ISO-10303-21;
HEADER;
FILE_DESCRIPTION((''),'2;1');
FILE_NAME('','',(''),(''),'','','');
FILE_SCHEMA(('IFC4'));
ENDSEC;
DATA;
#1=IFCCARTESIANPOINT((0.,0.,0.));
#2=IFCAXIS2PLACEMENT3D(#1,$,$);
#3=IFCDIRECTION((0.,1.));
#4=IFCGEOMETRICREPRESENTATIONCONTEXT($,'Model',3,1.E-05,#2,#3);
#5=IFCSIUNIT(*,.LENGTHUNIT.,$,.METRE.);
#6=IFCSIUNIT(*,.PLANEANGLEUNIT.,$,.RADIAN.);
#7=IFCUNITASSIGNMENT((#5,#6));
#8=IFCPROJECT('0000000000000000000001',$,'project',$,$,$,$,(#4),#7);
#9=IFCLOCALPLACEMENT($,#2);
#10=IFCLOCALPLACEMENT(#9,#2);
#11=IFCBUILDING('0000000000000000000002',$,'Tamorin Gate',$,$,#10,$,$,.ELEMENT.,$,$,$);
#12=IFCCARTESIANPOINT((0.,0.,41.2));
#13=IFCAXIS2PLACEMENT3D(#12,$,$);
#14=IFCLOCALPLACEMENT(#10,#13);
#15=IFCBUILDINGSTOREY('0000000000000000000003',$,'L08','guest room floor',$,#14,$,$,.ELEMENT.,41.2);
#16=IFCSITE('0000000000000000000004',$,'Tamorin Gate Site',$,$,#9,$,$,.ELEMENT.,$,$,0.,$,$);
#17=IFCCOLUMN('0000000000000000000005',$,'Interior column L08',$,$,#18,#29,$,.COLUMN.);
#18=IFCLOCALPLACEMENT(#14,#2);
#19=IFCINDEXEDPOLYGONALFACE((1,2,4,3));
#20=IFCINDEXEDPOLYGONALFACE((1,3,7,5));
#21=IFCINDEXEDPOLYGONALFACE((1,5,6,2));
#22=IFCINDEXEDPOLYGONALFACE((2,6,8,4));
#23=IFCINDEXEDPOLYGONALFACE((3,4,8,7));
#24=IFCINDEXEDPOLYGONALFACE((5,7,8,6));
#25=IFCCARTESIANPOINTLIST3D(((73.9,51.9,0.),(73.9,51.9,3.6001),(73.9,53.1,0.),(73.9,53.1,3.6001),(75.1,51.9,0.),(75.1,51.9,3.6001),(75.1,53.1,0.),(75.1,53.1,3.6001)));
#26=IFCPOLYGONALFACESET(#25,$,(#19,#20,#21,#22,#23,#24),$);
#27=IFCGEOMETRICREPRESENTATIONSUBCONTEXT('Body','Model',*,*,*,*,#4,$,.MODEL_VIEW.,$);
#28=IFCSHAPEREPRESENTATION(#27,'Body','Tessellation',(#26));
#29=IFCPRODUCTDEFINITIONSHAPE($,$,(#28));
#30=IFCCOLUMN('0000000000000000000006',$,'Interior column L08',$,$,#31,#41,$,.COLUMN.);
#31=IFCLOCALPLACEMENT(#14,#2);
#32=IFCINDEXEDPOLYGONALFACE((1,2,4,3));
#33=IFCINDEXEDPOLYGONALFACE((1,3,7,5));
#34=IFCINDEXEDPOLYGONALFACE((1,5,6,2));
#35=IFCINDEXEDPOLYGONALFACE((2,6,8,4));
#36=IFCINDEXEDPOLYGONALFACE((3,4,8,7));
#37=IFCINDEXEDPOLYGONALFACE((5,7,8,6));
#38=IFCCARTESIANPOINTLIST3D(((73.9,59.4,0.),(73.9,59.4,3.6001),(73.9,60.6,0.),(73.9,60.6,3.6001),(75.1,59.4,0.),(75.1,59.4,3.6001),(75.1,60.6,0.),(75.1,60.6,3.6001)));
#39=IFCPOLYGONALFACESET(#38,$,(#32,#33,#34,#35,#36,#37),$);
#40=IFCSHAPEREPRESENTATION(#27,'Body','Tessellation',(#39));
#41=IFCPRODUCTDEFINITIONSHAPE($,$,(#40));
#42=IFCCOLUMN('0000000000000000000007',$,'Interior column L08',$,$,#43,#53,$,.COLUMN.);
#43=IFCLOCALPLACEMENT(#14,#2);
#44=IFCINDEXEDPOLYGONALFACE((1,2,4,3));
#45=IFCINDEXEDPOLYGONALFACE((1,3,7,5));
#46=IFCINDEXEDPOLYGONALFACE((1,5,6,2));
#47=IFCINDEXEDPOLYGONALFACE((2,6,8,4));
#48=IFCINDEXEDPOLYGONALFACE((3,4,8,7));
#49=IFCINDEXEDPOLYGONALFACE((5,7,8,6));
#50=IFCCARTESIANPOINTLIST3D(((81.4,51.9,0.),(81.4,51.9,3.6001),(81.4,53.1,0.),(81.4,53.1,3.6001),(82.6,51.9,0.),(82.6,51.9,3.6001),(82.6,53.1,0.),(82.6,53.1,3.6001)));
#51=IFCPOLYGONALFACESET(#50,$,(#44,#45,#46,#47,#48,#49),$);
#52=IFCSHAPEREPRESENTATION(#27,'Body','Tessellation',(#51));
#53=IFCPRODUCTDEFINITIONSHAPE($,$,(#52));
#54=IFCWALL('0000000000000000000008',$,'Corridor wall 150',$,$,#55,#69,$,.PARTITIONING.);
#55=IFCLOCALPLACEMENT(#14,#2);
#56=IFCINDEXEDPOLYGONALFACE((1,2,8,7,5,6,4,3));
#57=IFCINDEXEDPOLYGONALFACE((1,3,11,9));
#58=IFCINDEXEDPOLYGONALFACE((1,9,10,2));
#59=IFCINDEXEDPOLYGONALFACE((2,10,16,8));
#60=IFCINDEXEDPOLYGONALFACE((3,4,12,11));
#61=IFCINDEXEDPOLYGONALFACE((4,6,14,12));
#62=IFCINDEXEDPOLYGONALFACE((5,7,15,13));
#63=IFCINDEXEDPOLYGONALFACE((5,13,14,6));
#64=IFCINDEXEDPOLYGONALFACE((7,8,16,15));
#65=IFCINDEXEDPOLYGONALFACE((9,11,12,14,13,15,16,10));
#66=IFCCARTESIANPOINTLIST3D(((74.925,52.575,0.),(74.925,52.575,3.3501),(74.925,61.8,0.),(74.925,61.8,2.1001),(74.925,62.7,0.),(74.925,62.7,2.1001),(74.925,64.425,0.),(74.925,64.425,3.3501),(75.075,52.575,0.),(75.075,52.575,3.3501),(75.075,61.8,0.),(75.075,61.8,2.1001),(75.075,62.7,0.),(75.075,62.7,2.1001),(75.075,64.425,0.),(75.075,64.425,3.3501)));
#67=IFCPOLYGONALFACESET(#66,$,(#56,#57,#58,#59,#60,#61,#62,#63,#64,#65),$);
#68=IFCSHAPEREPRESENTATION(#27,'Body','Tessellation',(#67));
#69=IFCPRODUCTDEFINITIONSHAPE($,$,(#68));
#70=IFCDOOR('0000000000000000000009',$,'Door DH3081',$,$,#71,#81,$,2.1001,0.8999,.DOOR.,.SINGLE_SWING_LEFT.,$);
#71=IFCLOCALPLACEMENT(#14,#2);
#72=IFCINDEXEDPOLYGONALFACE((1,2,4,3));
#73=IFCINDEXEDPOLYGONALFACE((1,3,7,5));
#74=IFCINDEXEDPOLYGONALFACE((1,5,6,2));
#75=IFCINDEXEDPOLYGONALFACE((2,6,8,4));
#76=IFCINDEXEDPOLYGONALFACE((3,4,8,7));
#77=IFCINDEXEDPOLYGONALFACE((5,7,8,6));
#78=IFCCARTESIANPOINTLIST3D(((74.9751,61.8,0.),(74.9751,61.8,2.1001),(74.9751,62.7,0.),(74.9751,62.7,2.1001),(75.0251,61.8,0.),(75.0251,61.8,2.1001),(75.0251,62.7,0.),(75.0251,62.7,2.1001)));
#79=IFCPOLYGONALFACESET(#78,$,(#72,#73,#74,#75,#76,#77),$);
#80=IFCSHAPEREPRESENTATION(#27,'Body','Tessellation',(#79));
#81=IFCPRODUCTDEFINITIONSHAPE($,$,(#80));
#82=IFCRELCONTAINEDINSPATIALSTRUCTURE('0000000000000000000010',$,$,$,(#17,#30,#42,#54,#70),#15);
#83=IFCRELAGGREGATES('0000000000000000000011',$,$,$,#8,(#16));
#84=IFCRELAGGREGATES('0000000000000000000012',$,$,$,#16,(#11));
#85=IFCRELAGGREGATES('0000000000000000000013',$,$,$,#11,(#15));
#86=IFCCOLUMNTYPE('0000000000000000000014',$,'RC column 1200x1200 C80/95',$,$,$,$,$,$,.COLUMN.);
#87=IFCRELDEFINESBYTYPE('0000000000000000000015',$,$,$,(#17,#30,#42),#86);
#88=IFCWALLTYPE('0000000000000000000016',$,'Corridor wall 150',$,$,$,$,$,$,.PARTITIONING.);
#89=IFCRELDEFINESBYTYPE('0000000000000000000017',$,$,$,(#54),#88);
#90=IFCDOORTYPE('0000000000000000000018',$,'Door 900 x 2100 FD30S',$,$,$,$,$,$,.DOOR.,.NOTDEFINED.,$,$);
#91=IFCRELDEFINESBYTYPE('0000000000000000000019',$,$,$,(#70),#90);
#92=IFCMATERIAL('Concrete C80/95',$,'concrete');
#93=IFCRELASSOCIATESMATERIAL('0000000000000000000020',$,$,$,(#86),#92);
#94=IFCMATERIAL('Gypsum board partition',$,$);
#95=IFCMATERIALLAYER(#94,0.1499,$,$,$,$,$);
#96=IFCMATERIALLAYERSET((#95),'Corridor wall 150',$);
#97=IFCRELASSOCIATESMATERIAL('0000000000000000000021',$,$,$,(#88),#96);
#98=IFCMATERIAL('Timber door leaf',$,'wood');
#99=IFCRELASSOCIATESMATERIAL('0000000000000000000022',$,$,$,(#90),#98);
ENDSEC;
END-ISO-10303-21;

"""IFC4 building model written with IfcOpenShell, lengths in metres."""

from ifc_helpers import new_model, si_unit, direction, frame, frame_2d, origin, origin_2d, place, context, subcontext, project, spatial, rectangle, extrude, material, layer, layer_set, material_profile, profile_set, type_object, element, fill, save


model = new_model("IFC4")

# Units and contexts
model_context = context("Model", 3, precision=1e-05, world=origin(), true_north=direction((0.0, 1.0)))
body_context = subcontext(model_context, "Body", "Model", "MODEL_VIEW")
ifc_project = project(units=[si_unit("LENGTHUNIT", "METRE"), si_unit("PLANEANGLEUNIT", "RADIAN")], contexts=[model_context])

# Site, building, storey
site_placement = place(None, origin())
site = spatial("IfcSite", under=ifc_project, at=site_placement, Name="Tamorin Gate Site", CompositionType="ELEMENT", RefElevation=0.0)
building_placement = place(site_placement, origin())
building = spatial("IfcBuilding", under=site, at=building_placement, Name="Tamorin Gate", CompositionType="ELEMENT")
storey_placement = place(building_placement, frame((0.0, 0.0, 41.2)))
storey = spatial("IfcBuildingStorey", under=building, at=storey_placement, Name="L08", Description="guest room floor", CompositionType="ELEMENT", Elevation=41.2)

# Columns
ifc_material_1 = material(Name="Concrete C80/95", Category="concrete")
ifc_material_profile = material_profile(ifc_material_1, rectangle(XDim=1.2, YDim=1.2, at=origin_2d()), Name="RC 1200x1200")
ifc_profile_set = profile_set([ifc_material_profile], Name="Concrete C80/95")
column_type = type_object("IfcColumnType", Name="RC column 1200x1200 C80/95", PredefinedType="COLUMN", material=ifc_profile_set)
for number, where, z_axis, x_axis, name in (
    (1, (74.5, 52.5, 0.0), (0.0, 0.0, 1.0), (1.0, 0.0, 0.0), "Interior column L08"),
    (2, (74.5, 60.0, 0.0), (0.0, 0.0, 1.0), (1.0, 0.0, 0.0), "Interior column L08"),
    (3, (82.0, 52.5, 0.0), (0.0, 0.0, 1.0), (1.0, 0.0, 0.0), "Interior column L08"),
):
    element("IfcColumn", number, at=place(storey_placement, frame(where, z_axis=z_axis, x_axis=x_axis)), inside=storey, type_object=column_type, Name=name, PredefinedType="COLUMN", context=body_context, shape_type="SweptSolid", body=[
        extrude(rectangle(XDim=1.2, YDim=1.2, at=origin_2d()), origin(), (0.0, 0.0, 1.0), 3.6001),
    ])

# Wall, opening, door
ifc_material_2 = material(Name="Gypsum board partition")
ifc_layer_1 = layer(ifc_material_2, 0.1499)
ifc_layer_set_1 = layer_set([ifc_layer_1], Name="Corridor wall 150")
wall_type_1 = type_object("IfcWallType", Name="Corridor wall 150", PredefinedType="PARTITIONING", material=ifc_layer_set_1)
wall_1_placement = place(storey_placement, frame((75.0, 52.575, 0.0), z_axis=(0.0, 0.0, 1.0), x_axis=(0.0, 1.0, 0.0)))
wall_1 = element("IfcWall", 4, at=wall_1_placement, inside=storey, type_object=wall_type_1, Name="Corridor wall 150", PredefinedType="PARTITIONING", context=body_context, shape_type="SweptSolid", body=[
    extrude(rectangle(XDim=11.8501, YDim=0.1499, at=frame_2d((5.925, 0.0))), origin(), (0.0, 0.0, 1.0), 3.3501),
])
opening_1_placement = place(wall_1_placement, frame((9.2251, 0.0, 0.0)))
opening_1 = element("IfcOpeningElement", 5, at=opening_1_placement, cuts=wall_1, PredefinedType="OPENING", context=body_context, shape_type="SweptSolid", body=[
    extrude(rectangle(XDim=0.8999, YDim=2.1001, at=frame_2d((0.45, 1.05))), frame((0.0, 0.085, 0.0), z_axis=(0.0, -1.0, 0.0), x_axis=(1.0, 0.0, 0.0)), (0.0, 0.0, 1.0), 0.1699),
])
ifc_material_3 = material(Name="Timber door leaf", Category="wood")
door_type_1 = type_object("IfcDoorType", Name="Door 900 x 2100 FD30S", OperationType="NOTDEFINED", PredefinedType="DOOR", material=ifc_material_3)
door_1_placement = place(opening_1_placement, origin())
door_1 = element("IfcDoor", 6, at=door_1_placement, inside=storey, type_object=door_type_1, Name="Door DH3081", OperationType="SINGLE_SWING_LEFT", OverallHeight=2.1001, OverallWidth=0.8999, PredefinedType="DOOR", context=body_context, shape_type="SweptSolid", body=[
    extrude(rectangle(XDim=0.8999, YDim=2.1001, at=frame_2d((0.45, 1.05))), frame((0.0, 0.0249, 0.0), z_axis=(0.0, -1.0, 0.0), x_axis=(1.0, 0.0, 0.0)), (0.0, 0.0, 1.0), 0.05),
])
fill(opening_1, door_1)

save(model, "model.ifc")
